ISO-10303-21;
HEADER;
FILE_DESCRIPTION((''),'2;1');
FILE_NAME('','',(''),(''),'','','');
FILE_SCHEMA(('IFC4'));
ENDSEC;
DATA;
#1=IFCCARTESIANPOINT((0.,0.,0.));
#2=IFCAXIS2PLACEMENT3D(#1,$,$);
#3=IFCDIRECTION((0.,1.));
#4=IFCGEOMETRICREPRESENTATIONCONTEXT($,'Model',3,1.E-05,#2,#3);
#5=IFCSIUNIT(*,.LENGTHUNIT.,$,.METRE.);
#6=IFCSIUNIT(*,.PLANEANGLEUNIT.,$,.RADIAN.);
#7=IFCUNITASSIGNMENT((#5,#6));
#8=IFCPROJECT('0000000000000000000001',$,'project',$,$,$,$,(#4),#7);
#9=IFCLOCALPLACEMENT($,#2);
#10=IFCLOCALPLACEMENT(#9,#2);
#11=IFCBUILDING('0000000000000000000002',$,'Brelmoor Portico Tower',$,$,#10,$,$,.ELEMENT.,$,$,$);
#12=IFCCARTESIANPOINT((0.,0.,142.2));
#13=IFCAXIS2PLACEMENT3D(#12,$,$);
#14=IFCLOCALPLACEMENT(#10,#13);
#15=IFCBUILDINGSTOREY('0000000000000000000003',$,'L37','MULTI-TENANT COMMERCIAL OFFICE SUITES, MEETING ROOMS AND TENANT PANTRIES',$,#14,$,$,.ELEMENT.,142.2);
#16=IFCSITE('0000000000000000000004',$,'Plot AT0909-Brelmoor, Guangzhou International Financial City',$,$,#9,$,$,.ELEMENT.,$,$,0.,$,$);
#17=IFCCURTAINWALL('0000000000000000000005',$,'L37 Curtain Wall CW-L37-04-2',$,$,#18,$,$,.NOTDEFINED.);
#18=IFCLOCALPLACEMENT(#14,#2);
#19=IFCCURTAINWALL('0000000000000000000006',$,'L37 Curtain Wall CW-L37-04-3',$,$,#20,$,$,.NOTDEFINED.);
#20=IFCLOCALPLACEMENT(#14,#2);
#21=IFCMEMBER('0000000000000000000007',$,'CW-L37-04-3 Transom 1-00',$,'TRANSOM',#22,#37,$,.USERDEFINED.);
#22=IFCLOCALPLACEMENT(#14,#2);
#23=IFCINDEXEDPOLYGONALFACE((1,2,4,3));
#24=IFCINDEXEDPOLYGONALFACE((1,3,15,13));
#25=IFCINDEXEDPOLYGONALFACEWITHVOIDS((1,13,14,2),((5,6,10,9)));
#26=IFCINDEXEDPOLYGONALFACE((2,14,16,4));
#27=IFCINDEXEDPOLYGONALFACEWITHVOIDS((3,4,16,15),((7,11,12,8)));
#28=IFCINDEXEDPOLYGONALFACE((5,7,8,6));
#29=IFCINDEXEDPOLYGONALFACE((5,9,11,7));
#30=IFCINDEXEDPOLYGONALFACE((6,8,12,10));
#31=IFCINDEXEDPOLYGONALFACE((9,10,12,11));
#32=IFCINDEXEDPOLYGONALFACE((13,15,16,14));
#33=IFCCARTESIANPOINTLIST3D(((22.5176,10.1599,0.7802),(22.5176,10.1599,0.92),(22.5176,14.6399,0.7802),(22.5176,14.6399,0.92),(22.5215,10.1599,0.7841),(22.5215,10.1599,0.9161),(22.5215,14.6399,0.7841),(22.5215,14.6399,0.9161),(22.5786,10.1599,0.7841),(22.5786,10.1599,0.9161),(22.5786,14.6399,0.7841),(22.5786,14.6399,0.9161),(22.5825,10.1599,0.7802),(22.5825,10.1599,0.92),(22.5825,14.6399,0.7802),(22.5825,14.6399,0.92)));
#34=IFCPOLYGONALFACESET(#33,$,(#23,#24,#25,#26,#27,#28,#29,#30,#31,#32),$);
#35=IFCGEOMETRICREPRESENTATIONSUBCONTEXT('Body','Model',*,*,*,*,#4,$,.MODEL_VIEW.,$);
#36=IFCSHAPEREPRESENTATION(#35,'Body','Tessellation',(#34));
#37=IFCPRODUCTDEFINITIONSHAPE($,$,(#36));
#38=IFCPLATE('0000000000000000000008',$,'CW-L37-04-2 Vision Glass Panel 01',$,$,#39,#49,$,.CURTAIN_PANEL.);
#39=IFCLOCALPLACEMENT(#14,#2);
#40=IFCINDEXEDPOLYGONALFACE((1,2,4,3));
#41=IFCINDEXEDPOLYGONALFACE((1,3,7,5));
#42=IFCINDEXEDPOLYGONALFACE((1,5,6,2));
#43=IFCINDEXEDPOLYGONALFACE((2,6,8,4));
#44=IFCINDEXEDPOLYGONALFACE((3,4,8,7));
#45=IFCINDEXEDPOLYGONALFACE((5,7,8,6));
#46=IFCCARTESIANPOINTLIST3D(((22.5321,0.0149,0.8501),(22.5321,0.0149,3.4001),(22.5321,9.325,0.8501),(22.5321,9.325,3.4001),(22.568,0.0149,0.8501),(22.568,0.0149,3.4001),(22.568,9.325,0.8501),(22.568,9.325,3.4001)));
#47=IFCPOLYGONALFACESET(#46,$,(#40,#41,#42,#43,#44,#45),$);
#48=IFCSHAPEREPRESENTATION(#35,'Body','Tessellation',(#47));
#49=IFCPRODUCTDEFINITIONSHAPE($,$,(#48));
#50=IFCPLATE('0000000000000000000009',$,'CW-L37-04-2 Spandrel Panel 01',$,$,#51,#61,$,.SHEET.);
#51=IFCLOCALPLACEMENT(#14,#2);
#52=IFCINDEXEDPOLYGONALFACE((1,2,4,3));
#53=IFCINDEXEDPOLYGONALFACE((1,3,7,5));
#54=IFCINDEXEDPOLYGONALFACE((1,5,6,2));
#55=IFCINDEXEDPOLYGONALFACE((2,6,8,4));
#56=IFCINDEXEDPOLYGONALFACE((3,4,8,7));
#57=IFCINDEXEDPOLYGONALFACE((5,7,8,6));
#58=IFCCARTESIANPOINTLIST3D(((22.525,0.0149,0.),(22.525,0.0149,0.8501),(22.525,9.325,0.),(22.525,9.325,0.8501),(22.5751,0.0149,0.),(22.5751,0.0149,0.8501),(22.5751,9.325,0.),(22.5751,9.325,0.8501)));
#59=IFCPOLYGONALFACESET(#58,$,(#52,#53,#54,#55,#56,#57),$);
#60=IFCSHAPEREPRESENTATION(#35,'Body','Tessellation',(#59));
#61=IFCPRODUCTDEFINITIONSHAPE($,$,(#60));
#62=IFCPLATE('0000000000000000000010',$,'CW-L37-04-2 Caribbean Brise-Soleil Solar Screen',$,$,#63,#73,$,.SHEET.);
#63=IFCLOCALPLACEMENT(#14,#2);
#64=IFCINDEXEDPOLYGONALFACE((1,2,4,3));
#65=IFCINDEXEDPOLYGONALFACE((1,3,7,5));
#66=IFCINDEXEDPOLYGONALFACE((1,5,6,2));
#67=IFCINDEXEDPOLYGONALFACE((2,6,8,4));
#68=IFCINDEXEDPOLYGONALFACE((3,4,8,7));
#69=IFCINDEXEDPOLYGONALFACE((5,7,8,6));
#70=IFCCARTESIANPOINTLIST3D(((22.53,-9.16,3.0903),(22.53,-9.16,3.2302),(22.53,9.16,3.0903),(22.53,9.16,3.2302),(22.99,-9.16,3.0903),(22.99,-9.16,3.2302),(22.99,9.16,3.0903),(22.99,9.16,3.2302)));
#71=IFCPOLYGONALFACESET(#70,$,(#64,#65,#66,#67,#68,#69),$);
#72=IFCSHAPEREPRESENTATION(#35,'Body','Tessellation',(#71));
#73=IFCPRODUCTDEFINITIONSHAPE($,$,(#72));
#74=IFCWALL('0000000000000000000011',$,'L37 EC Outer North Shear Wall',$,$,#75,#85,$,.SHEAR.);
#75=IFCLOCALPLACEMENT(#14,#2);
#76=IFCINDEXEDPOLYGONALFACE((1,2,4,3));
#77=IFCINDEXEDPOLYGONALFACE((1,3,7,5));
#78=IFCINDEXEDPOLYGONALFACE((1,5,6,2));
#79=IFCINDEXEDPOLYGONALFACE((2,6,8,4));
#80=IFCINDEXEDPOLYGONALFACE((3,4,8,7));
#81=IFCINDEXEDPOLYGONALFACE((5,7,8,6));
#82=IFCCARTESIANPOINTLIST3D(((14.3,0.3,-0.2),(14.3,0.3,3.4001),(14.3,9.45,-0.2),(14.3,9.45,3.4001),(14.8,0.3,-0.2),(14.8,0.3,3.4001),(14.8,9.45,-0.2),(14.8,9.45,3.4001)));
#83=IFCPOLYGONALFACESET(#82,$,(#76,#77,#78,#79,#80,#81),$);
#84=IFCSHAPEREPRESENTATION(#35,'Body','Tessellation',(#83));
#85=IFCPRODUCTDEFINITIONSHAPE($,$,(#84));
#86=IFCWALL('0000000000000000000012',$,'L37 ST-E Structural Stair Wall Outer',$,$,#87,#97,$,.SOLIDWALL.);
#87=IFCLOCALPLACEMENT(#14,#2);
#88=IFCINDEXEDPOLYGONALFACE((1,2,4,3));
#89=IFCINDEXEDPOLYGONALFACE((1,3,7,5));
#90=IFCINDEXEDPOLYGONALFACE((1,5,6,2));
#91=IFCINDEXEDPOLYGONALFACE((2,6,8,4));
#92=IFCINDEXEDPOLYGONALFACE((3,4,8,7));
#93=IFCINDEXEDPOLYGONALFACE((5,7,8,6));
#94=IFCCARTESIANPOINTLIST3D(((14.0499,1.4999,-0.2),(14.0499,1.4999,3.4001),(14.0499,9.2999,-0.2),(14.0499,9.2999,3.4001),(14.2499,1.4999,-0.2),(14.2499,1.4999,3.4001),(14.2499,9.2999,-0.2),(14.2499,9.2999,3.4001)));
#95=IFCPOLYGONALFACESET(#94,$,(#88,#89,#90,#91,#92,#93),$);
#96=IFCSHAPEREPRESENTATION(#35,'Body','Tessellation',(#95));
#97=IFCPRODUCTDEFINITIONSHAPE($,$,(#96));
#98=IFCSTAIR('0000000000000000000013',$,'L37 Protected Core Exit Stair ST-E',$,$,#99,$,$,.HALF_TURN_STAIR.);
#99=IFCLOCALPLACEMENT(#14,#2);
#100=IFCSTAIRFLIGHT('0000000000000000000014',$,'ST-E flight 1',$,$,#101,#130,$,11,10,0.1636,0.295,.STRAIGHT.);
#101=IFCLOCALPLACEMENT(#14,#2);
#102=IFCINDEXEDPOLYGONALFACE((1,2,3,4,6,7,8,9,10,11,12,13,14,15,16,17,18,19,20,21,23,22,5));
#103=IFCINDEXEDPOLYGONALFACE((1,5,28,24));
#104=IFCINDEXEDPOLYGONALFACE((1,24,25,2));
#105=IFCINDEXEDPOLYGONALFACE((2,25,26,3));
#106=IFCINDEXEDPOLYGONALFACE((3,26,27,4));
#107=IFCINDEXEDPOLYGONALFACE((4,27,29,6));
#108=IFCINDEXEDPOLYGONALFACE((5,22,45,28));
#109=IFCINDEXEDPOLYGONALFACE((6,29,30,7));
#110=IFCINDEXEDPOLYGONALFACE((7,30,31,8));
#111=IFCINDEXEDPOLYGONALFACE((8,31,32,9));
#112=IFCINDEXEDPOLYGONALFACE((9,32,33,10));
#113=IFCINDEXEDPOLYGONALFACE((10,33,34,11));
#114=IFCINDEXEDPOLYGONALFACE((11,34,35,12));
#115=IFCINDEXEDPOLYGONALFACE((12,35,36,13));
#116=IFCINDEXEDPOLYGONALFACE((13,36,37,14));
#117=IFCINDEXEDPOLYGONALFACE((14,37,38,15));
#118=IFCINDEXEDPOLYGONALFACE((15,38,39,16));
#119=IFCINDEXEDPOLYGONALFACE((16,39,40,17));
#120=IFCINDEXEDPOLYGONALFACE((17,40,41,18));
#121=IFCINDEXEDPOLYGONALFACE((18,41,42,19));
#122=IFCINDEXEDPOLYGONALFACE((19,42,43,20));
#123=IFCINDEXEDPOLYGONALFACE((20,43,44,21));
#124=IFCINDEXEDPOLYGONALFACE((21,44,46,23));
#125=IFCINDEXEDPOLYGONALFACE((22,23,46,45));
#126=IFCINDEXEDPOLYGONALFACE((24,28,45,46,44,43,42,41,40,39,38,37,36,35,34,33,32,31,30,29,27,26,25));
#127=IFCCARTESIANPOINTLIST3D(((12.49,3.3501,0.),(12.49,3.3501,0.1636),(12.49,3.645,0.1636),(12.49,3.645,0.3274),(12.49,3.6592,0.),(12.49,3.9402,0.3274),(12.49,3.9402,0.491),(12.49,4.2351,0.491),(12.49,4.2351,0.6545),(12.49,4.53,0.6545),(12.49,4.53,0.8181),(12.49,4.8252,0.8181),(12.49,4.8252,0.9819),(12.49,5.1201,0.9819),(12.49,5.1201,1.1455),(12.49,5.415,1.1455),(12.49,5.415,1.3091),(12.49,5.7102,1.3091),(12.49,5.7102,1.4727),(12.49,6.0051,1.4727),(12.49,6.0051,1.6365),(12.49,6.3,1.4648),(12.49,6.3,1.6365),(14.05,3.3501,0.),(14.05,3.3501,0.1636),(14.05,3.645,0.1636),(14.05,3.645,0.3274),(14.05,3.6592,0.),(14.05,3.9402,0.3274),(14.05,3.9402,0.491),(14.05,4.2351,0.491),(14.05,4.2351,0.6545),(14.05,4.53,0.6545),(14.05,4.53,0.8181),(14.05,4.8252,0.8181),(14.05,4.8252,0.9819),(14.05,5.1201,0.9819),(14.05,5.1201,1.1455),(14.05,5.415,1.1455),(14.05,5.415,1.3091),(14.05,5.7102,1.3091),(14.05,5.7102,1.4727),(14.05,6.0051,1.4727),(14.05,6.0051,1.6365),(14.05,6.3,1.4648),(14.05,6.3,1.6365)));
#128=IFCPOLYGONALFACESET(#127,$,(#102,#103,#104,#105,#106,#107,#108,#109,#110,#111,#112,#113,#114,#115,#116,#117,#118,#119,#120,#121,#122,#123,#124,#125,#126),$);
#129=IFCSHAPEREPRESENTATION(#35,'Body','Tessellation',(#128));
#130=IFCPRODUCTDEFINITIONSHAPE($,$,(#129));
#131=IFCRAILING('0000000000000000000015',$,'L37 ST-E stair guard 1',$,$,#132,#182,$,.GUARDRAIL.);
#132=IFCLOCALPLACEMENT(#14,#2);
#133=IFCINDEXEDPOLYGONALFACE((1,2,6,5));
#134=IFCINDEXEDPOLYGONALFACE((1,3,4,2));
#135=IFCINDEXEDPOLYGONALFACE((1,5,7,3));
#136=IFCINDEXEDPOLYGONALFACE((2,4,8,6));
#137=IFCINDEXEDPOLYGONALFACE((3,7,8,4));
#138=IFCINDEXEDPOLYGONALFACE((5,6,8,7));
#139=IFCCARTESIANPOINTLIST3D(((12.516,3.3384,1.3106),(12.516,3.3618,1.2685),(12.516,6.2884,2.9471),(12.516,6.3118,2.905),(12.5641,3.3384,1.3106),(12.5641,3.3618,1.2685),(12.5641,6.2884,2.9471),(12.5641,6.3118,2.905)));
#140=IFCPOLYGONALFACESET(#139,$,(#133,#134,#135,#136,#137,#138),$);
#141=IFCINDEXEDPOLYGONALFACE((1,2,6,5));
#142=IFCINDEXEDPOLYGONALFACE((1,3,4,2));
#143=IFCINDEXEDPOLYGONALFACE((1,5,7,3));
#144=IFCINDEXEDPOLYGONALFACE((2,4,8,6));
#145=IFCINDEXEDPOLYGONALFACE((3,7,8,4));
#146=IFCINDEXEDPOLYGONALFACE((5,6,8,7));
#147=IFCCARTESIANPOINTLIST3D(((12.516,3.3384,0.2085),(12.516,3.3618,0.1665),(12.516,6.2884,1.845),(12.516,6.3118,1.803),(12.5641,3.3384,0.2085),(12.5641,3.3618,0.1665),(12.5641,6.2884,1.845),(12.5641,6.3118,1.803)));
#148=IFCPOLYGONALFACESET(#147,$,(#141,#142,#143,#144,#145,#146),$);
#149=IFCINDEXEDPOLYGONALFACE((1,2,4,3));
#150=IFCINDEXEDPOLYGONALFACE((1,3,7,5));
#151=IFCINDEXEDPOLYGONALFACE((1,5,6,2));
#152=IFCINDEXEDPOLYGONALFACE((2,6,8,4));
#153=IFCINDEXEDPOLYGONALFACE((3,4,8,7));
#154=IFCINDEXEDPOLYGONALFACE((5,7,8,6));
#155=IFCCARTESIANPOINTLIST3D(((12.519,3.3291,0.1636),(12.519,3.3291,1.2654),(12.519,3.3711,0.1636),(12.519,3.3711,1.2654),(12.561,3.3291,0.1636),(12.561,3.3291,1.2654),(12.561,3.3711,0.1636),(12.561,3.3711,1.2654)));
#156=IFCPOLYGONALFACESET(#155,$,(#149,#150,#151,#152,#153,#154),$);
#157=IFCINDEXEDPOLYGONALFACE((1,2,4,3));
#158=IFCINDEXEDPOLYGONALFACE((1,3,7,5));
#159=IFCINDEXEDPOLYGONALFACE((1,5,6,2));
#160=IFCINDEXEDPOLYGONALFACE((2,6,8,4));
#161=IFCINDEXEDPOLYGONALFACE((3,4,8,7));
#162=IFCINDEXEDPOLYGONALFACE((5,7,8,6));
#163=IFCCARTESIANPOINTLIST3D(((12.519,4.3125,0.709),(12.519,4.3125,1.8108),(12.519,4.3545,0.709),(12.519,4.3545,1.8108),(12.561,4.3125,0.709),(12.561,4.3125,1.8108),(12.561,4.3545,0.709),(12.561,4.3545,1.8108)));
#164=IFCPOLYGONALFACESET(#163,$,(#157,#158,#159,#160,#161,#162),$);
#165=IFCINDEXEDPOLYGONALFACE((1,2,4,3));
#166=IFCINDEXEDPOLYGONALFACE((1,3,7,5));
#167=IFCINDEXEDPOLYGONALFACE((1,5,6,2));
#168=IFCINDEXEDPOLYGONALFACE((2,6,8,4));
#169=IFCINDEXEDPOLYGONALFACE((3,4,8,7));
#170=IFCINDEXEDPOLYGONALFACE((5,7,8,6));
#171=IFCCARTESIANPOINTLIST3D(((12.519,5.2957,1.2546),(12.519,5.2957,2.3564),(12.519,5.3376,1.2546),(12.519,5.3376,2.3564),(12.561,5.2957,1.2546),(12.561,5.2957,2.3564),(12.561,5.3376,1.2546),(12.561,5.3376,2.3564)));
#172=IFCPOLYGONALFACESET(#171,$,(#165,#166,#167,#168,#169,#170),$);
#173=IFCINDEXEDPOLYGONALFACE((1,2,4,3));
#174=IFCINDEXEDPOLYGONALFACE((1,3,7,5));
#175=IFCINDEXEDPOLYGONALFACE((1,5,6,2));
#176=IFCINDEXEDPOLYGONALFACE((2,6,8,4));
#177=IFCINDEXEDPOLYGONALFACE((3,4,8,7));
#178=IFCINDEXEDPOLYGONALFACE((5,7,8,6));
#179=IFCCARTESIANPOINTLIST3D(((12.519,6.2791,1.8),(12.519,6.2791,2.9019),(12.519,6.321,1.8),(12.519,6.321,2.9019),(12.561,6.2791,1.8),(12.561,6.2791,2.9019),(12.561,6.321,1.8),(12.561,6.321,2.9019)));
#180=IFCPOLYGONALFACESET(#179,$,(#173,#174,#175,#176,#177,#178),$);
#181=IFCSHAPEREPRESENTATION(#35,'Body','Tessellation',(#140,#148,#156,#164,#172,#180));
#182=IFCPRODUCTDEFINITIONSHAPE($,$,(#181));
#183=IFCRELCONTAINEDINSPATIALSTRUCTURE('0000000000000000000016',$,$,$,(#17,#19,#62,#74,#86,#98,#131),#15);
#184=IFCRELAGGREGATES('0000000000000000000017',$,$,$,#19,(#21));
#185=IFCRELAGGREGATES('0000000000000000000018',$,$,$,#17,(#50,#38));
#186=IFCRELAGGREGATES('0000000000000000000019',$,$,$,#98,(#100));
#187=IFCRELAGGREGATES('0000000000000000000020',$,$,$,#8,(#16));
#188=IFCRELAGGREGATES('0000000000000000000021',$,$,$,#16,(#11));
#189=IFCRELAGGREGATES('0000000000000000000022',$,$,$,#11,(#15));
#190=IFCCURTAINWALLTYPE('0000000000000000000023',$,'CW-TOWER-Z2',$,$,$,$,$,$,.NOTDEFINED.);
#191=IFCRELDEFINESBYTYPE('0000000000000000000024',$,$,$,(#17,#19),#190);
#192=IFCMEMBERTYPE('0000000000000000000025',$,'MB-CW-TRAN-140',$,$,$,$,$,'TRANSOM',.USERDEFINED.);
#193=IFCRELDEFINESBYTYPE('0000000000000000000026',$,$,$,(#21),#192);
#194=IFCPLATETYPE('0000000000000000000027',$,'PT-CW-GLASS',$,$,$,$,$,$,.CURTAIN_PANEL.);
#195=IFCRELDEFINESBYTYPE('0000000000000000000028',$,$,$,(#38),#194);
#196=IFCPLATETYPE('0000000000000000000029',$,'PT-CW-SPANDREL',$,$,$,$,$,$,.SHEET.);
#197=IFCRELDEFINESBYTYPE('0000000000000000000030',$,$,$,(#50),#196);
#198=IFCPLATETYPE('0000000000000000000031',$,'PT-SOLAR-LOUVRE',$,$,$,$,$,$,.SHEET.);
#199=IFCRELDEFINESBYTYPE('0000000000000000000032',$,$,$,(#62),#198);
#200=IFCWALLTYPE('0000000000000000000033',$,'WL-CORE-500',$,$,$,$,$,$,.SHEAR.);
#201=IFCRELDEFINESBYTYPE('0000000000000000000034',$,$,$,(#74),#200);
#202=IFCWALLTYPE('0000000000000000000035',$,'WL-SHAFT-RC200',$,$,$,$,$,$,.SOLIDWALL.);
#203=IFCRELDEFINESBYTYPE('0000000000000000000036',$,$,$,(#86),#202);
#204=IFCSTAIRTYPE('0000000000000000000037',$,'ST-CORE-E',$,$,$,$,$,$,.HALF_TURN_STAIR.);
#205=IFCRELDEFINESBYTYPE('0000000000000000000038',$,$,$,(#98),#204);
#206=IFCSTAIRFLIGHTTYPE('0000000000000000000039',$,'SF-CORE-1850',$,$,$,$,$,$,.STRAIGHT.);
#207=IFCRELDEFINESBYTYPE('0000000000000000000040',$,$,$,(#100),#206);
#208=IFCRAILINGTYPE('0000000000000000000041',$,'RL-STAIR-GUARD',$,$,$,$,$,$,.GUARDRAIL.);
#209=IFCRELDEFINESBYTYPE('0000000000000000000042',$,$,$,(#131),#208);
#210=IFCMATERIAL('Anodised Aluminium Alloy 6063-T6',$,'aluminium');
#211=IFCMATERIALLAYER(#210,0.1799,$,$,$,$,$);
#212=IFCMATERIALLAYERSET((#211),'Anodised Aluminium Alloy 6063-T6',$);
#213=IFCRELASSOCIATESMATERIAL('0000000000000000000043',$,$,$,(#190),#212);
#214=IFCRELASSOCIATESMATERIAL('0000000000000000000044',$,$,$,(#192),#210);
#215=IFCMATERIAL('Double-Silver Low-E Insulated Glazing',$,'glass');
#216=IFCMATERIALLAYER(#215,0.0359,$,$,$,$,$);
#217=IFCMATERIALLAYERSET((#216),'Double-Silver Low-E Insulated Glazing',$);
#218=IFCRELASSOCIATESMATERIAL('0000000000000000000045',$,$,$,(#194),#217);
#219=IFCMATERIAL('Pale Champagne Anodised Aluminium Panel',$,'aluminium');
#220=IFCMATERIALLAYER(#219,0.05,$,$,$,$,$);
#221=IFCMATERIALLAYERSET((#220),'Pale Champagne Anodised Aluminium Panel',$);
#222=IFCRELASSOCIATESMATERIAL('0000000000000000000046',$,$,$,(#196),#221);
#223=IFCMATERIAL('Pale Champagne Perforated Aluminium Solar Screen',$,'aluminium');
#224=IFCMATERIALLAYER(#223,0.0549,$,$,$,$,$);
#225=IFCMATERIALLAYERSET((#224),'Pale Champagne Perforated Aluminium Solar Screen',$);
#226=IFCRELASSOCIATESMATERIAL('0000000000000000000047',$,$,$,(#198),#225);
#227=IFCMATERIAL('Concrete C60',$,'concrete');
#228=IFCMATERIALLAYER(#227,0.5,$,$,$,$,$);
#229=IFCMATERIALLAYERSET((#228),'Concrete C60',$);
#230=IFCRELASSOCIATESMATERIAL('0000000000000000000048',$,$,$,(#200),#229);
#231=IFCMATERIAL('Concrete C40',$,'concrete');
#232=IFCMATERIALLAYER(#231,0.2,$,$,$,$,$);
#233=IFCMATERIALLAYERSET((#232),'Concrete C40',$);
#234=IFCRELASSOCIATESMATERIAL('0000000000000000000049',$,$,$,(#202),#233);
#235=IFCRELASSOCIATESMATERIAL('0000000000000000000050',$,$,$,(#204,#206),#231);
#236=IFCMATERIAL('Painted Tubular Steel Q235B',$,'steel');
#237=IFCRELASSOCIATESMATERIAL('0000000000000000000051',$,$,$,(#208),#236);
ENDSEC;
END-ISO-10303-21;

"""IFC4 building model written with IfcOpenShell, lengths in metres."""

from ifc_helpers import new_model, si_unit, direction, frame, frame_2d, origin, origin_2d, place, context, subcontext, project, spatial, polyline, rectangle, hollow_rectangle, outline, extrude, material, layer, layer_set, material_profile, profile_set, type_object, element, aggregate, save


model = new_model("IFC4")

# Units and contexts
model_context = context("Model", 3, precision=1e-05, world=origin(), true_north=direction((0.0, 1.0)))
body_context = subcontext(model_context, "Body", "Model", "MODEL_VIEW")
ifc_project = project(units=[si_unit("LENGTHUNIT", "METRE"), si_unit("PLANEANGLEUNIT", "RADIAN")], contexts=[model_context])

# Site, building, storey
site_placement = place(None, origin())
site = spatial("IfcSite", under=ifc_project, at=site_placement, Name="Plot AT0909-Brelmoor, Guangzhou International Financial City", CompositionType="ELEMENT", RefElevation=0.0)
building_placement = place(site_placement, origin())
building = spatial("IfcBuilding", under=site, at=building_placement, Name="Brelmoor Portico Tower", CompositionType="ELEMENT")
storey_placement = place(building_placement, frame((0.0, 0.0, 142.2)))
storey = spatial("IfcBuildingStorey", under=building, at=storey_placement, Name="L37", Description="MULTI-TENANT COMMERCIAL OFFICE SUITES, MEETING ROOMS AND TENANT PANTRIES", CompositionType="ELEMENT", Elevation=142.2)

# Curtain wall
ifc_material_1 = material(Name="Anodised Aluminium Alloy 6063-T6", Category="aluminium")
ifc_layer_1 = layer(ifc_material_1, 0.1799)
ifc_layer_set_1 = layer_set([ifc_layer_1], Name="Anodised Aluminium Alloy 6063-T6")
curtain_wall_type = type_object("IfcCurtainWallType", Name="CW-TOWER-Z2", PredefinedType="NOTDEFINED", material=ifc_layer_set_1)
curtain_wall_1_placement = place(storey_placement, origin())
curtain_wall_1 = element("IfcCurtainWall", 1, at=curtain_wall_1_placement, inside=storey, type_object=curtain_wall_type, Name="L37 Curtain Wall CW-L37-04-2", PredefinedType="NOTDEFINED")

# Curtain wall, member
curtain_wall_2_placement = place(storey_placement, origin())
curtain_wall_2 = element("IfcCurtainWall", 2, at=curtain_wall_2_placement, inside=storey, type_object=curtain_wall_type, Name="L37 Curtain Wall CW-L37-04-3", PredefinedType="NOTDEFINED")
ifc_material_profile_1 = material_profile(ifc_material_1, hollow_rectangle(XDim=0.0649, YDim=0.1399, WallThickness=0.0039, at=origin_2d()), Name="ALU TRANSOM 65x140")
ifc_profile_set_1 = profile_set([ifc_material_profile_1], Name="Anodised Aluminium Alloy 6063-T6")
member_type_1 = type_object("IfcMemberType", Name="MB-CW-TRAN-140", ElementType="TRANSOM", PredefinedType="USERDEFINED", material=ifc_profile_set_1)
member_1_placement = place(storey_placement, frame((22.55, 10.1599, 0.8501), z_axis=(0.0, 1.0, 0.0), x_axis=(-1.0, 0.0, 0.0)))
member_1 = element("IfcMember", 3, at=member_1_placement, type_object=member_type_1, Name="CW-L37-04-3 Transom 1-00", ObjectType="TRANSOM", PredefinedType="USERDEFINED", context=body_context, shape_type="SweptSolid", body=[
    extrude(hollow_rectangle(XDim=0.0649, YDim=0.1399, WallThickness=0.0039, at=origin_2d()), origin(), (0.0, 0.0, 1.0), 4.48),
])
aggregate(curtain_wall_2, [member_1])

# Plates
ifc_material_2 = material(Name="Double-Silver Low-E Insulated Glazing", Category="glass")
ifc_layer_2 = layer(ifc_material_2, 0.0359)
ifc_layer_set_2 = layer_set([ifc_layer_2], Name="Double-Silver Low-E Insulated Glazing")
plate_type_1 = type_object("IfcPlateType", Name="PT-CW-GLASS", PredefinedType="CURTAIN_PANEL", material=ifc_layer_set_2)
plate_1_placement = place(storey_placement, frame((22.55, 4.6699, 0.8501), z_axis=(0.0, 0.0, 1.0), x_axis=(0.0, 1.0, 0.0)))
plate_1 = element("IfcPlate", 4, at=plate_1_placement, type_object=plate_type_1, Name="CW-L37-04-2 Vision Glass Panel 01", PredefinedType="CURTAIN_PANEL", context=body_context, shape_type="SweptSolid", body=[
    extrude(rectangle(XDim=9.3101, YDim=0.0359, at=origin_2d()), origin(), (0.0, 0.0, 1.0), 2.55),
])
ifc_material_3 = material(Name="Pale Champagne Anodised Aluminium Panel", Category="aluminium")
ifc_layer_3 = layer(ifc_material_3, 0.05)
ifc_layer_set_3 = layer_set([ifc_layer_3], Name="Pale Champagne Anodised Aluminium Panel")
plate_type_2 = type_object("IfcPlateType", Name="PT-CW-SPANDREL", PredefinedType="SHEET", material=ifc_layer_set_3)
plate_2_placement = place(storey_placement, frame((22.55, 4.6699, 0.0), z_axis=(0.0, 0.0, 1.0), x_axis=(0.0, 1.0, 0.0)))
plate_2 = element("IfcPlate", 5, at=plate_2_placement, type_object=plate_type_2, Name="CW-L37-04-2 Spandrel Panel 01", PredefinedType="SHEET", context=body_context, shape_type="SweptSolid", body=[
    extrude(rectangle(XDim=9.3101, YDim=0.05, at=origin_2d()), origin(), (0.0, 0.0, 1.0), 0.8501),
])
aggregate(curtain_wall_1, [plate_2, plate_1])
ifc_material_4 = material(Name="Pale Champagne Perforated Aluminium Solar Screen", Category="aluminium")
ifc_layer_4 = layer(ifc_material_4, 0.0549)
ifc_layer_set_4 = layer_set([ifc_layer_4], Name="Pale Champagne Perforated Aluminium Solar Screen")
plate_type_3 = type_object("IfcPlateType", Name="PT-SOLAR-LOUVRE", PredefinedType="SHEET", material=ifc_layer_set_4)
plate_3_placement = place(storey_placement, frame((22.76, 0.0, 3.0903), z_axis=(0.0, 0.0, 1.0), x_axis=(0.0, 1.0, 0.0)))
element("IfcPlate", 6, at=plate_3_placement, inside=storey, type_object=plate_type_3, Name="CW-L37-04-2 Caribbean Brise-Soleil Solar Screen", PredefinedType="SHEET", context=body_context, shape_type="SweptSolid", body=[
    extrude(rectangle(XDim=18.3201, YDim=0.46, at=origin_2d()), origin(), (0.0, 0.0, 1.0), 0.1399),
])

# Wall
ifc_material_5 = material(Name="Concrete C60", Category="concrete")
ifc_layer_5 = layer(ifc_material_5, 0.5)
ifc_layer_set_5 = layer_set([ifc_layer_5], Name="Concrete C60")
wall_type_1 = type_object("IfcWallType", Name="WL-CORE-500", PredefinedType="SHEAR", material=ifc_layer_set_5)
wall_1_placement = place(storey_placement, frame((14.55, 0.3, -0.2), z_axis=(0.0, 0.0, 1.0), x_axis=(0.0, 1.0, 0.0)))
element("IfcWall", 7, at=wall_1_placement, inside=storey, type_object=wall_type_1, Name="L37 EC Outer North Shear Wall", PredefinedType="SHEAR", context=body_context, shape_type="SweptSolid", body=[
    extrude(rectangle(XDim=9.1499, YDim=0.5, at=frame_2d((4.575, 0.0))), origin(), (0.0, 0.0, 1.0), 3.6001),
])

# Wall
ifc_material_6 = material(Name="Concrete C40", Category="concrete")
ifc_layer_6 = layer(ifc_material_6, 0.2)
ifc_layer_set_6 = layer_set([ifc_layer_6], Name="Concrete C40")
wall_type_2 = type_object("IfcWallType", Name="WL-SHAFT-RC200", PredefinedType="SOLIDWALL", material=ifc_layer_set_6)
wall_2_placement = place(storey_placement, frame((14.1499, 1.5, -0.2), z_axis=(0.0, 0.0, 1.0), x_axis=(0.0, 1.0, 0.0)))
element("IfcWall", 8, at=wall_2_placement, inside=storey, type_object=wall_type_2, Name="L37 ST-E Structural Stair Wall Outer", PredefinedType="SOLIDWALL", context=body_context, shape_type="SweptSolid", body=[
    extrude(rectangle(XDim=7.8, YDim=0.2, at=frame_2d((3.8999, 0.0))), origin(), (0.0, 0.0, 1.0), 3.6001),
])

# Stair, stair flight
stair_type = type_object("IfcStairType", Name="ST-CORE-E", PredefinedType="HALF_TURN_STAIR", material=ifc_material_6)
stair_placement = place(storey_placement, origin())
stair = element("IfcStair", 9, at=stair_placement, inside=storey, type_object=stair_type, Name="L37 Protected Core Exit Stair ST-E", PredefinedType="HALF_TURN_STAIR")
stair_flight_type = type_object("IfcStairFlightType", Name="SF-CORE-1850", PredefinedType="STRAIGHT", material=ifc_material_6)
stair_flight_placement = place(storey_placement, frame((13.27, 3.3501, 0.0), z_axis=(0.0, 0.0, 1.0), x_axis=(0.0, 1.0, 0.0)))
stair_flight = element("IfcStairFlight", 10, at=stair_flight_placement, type_object=stair_flight_type, Name="ST-E flight 1", NumberOfRisers=11, NumberOfTreads=10, PredefinedType="STRAIGHT", RiserHeight=0.1636, TreadLength=0.295, context=body_context, shape_type="SweptSolid", body=[
    extrude(outline(polyline([(0.0, 0.0), (0.0, 0.1636), (0.2949, 0.1636), (0.2949, 0.3274), (0.5901, 0.3274), (0.5901, 0.491), (0.885, 0.491), (0.885, 0.6545), (1.1799, 0.6545), (1.1799, 0.8181), (1.4751, 0.8181), (1.4751, 0.9819), (1.77, 0.9819), (1.77, 1.1455), (2.0649, 1.1455), (2.0649, 1.3091), (2.3601, 1.3091), (2.3601, 1.4727), (2.655, 1.4727), (2.655, 1.6365), (2.95, 1.6365), (2.95, 1.8), (2.95, 1.4648), (0.3091, 0.0), (0.0, 0.0)])), frame((0.0, 0.78, 0.0), z_axis=(0.0, -1.0, 0.0), x_axis=(1.0, 0.0, 0.0)), (0.0, 0.0, 1.0), 1.5601),
])
aggregate(stair, [stair_flight])

# Railing
ifc_material_7 = material(Name="Painted Tubular Steel Q235B", Category="steel")
railing_type_1 = type_object("IfcRailingType", Name="RL-STAIR-GUARD", PredefinedType="GUARDRAIL", material=ifc_material_7)
railing_1_placement = place(storey_placement, frame((12.54, 3.3501, 0.1636)))
element("IfcRailing", 11, at=railing_1_placement, inside=storey, type_object=railing_type_1, Name="L37 ST-E stair guard 1", PredefinedType="GUARDRAIL", context=body_context, shape_type="SweptSolid", body=[
    extrude(rectangle(XDim=0.0481, YDim=0.0481, at=origin_2d()), frame((0.0, 0.0, 1.126), z_axis=(0.0, 0.874458, 0.485102), x_axis=(-1.0, 0.0, 0.0)), (0.0, 0.0, 1.0), 3.3735),
    extrude(rectangle(XDim=0.0481, YDim=0.0481, at=origin_2d()), frame((0.0, 0.0, 0.0239), z_axis=(0.0, 0.874458, 0.485102), x_axis=(-1.0, 0.0, 0.0)), (0.0, 0.0, 1.0), 3.3735),
    extrude(rectangle(XDim=0.042, YDim=0.042, at=origin_2d()), origin(), (0.0, 0.0, 1.0), 1.1018),
    extrude(rectangle(XDim=0.042, YDim=0.042, at=origin_2d()), frame((0.0, 0.9834, 0.5454)), (0.0, 0.0, 1.0), 1.1018),
    extrude(rectangle(XDim=0.042, YDim=0.042, at=origin_2d()), frame((0.0, 1.9666, 1.0911)), (0.0, 0.0, 1.0), 1.1018),
    extrude(rectangle(XDim=0.042, YDim=0.042, at=origin_2d()), frame((0.0, 2.95, 1.6365)), (0.0, 0.0, 1.0), 1.1018),
])

save(model, "model.ifc")
